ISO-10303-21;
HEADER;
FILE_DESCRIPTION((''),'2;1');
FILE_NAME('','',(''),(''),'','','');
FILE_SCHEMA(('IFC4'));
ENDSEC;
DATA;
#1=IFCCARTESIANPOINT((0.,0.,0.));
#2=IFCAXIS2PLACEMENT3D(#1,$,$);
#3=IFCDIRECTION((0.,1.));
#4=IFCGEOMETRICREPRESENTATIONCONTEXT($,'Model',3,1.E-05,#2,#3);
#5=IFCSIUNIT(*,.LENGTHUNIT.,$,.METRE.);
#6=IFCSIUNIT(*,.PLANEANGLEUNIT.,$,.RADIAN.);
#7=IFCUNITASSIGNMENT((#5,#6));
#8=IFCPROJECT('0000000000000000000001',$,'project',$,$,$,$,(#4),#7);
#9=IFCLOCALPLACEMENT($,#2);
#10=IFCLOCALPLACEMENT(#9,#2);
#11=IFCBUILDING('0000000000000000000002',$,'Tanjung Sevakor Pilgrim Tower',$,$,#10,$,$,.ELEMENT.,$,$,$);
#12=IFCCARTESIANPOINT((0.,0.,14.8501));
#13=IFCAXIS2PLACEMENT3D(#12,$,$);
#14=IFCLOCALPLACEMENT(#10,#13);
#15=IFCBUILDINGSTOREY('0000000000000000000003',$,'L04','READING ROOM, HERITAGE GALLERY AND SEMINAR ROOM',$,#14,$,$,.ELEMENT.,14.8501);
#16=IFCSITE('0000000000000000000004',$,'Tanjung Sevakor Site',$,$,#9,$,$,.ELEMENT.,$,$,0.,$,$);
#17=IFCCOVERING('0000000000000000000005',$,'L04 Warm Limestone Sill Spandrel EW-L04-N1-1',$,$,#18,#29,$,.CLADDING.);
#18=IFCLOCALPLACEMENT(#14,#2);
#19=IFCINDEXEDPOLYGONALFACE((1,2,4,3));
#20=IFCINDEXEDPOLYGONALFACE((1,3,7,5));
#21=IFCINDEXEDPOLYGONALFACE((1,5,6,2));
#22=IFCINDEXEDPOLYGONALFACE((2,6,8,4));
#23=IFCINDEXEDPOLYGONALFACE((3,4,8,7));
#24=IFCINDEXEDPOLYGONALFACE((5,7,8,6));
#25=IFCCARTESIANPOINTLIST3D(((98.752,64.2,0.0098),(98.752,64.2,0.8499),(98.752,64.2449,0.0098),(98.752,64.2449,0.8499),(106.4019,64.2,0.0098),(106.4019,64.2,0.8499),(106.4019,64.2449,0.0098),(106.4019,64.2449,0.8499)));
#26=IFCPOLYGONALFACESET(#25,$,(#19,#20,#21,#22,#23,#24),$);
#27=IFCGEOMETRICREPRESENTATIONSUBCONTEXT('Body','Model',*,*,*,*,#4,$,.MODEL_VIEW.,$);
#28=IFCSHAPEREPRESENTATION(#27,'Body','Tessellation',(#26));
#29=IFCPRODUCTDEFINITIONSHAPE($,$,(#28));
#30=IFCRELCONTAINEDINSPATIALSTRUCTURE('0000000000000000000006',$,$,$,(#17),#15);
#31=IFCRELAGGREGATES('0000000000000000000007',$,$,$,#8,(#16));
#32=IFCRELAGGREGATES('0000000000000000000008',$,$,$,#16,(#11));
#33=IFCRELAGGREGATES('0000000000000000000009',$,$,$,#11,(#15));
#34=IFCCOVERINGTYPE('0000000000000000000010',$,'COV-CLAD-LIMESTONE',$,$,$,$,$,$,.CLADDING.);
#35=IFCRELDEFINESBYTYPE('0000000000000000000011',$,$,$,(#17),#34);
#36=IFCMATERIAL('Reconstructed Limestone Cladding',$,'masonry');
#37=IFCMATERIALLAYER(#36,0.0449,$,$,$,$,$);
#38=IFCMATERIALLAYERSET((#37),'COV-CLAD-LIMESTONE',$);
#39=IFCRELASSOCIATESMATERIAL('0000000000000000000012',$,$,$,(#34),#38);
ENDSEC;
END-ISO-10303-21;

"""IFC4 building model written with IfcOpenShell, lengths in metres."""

from ifc_helpers import new_model, si_unit, direction, frame, origin, origin_2d, place, context, subcontext, project, spatial, rectangle, extrude, material, layer, layer_set, type_object, element, save


model = new_model("IFC4")

# Units and contexts
model_context = context("Model", 3, precision=1e-05, world=origin(), true_north=direction((0.0, 1.0)))
body_context = subcontext(model_context, "Body", "Model", "MODEL_VIEW")
ifc_project = project(units=[si_unit("LENGTHUNIT", "METRE"), si_unit("PLANEANGLEUNIT", "RADIAN")], contexts=[model_context])

# Site, building, storey
site_placement = place(None, origin())
site = spatial("IfcSite", under=ifc_project, at=site_placement, Name="Tanjung Sevakor Site", CompositionType="ELEMENT", RefElevation=0.0)
building_placement = place(site_placement, origin())
building = spatial("IfcBuilding", under=site, at=building_placement, Name="Tanjung Sevakor Pilgrim Tower", CompositionType="ELEMENT")
storey_placement = place(building_placement, frame((0.0, 0.0, 14.8501)))
storey = spatial("IfcBuildingStorey", under=building, at=storey_placement, Name="L04", Description="READING ROOM, HERITAGE GALLERY AND SEMINAR ROOM", CompositionType="ELEMENT", Elevation=14.8501)

# Covering
ifc_material_1 = material(Name="Reconstructed Limestone Cladding", Category="masonry")
ifc_layer_1 = layer(ifc_material_1, 0.0449)
ifc_layer_set_1 = layer_set([ifc_layer_1], Name="COV-CLAD-LIMESTONE")
covering_type = type_object("IfcCoveringType", Name="COV-CLAD-LIMESTONE", PredefinedType="CLADDING", material=ifc_layer_set_1)
covering_1_placement = place(storey_placement, frame((102.5769, 64.2224, 0.0098), z_axis=(0.0, 0.0, 1.0), x_axis=(-1.0, 0.0, 0.0)))
element("IfcCovering", 1, at=covering_1_placement, inside=storey, type_object=covering_type, Name="L04 Warm Limestone Sill Spandrel EW-L04-N1-1", PredefinedType="CLADDING", context=body_context, shape_type="SweptSolid", body=[
    extrude(rectangle(XDim=7.6499, YDim=0.0449, at=origin_2d()), origin(), (0.0, 0.0, 1.0), 0.8401),
])

save(model, "model.ifc")
